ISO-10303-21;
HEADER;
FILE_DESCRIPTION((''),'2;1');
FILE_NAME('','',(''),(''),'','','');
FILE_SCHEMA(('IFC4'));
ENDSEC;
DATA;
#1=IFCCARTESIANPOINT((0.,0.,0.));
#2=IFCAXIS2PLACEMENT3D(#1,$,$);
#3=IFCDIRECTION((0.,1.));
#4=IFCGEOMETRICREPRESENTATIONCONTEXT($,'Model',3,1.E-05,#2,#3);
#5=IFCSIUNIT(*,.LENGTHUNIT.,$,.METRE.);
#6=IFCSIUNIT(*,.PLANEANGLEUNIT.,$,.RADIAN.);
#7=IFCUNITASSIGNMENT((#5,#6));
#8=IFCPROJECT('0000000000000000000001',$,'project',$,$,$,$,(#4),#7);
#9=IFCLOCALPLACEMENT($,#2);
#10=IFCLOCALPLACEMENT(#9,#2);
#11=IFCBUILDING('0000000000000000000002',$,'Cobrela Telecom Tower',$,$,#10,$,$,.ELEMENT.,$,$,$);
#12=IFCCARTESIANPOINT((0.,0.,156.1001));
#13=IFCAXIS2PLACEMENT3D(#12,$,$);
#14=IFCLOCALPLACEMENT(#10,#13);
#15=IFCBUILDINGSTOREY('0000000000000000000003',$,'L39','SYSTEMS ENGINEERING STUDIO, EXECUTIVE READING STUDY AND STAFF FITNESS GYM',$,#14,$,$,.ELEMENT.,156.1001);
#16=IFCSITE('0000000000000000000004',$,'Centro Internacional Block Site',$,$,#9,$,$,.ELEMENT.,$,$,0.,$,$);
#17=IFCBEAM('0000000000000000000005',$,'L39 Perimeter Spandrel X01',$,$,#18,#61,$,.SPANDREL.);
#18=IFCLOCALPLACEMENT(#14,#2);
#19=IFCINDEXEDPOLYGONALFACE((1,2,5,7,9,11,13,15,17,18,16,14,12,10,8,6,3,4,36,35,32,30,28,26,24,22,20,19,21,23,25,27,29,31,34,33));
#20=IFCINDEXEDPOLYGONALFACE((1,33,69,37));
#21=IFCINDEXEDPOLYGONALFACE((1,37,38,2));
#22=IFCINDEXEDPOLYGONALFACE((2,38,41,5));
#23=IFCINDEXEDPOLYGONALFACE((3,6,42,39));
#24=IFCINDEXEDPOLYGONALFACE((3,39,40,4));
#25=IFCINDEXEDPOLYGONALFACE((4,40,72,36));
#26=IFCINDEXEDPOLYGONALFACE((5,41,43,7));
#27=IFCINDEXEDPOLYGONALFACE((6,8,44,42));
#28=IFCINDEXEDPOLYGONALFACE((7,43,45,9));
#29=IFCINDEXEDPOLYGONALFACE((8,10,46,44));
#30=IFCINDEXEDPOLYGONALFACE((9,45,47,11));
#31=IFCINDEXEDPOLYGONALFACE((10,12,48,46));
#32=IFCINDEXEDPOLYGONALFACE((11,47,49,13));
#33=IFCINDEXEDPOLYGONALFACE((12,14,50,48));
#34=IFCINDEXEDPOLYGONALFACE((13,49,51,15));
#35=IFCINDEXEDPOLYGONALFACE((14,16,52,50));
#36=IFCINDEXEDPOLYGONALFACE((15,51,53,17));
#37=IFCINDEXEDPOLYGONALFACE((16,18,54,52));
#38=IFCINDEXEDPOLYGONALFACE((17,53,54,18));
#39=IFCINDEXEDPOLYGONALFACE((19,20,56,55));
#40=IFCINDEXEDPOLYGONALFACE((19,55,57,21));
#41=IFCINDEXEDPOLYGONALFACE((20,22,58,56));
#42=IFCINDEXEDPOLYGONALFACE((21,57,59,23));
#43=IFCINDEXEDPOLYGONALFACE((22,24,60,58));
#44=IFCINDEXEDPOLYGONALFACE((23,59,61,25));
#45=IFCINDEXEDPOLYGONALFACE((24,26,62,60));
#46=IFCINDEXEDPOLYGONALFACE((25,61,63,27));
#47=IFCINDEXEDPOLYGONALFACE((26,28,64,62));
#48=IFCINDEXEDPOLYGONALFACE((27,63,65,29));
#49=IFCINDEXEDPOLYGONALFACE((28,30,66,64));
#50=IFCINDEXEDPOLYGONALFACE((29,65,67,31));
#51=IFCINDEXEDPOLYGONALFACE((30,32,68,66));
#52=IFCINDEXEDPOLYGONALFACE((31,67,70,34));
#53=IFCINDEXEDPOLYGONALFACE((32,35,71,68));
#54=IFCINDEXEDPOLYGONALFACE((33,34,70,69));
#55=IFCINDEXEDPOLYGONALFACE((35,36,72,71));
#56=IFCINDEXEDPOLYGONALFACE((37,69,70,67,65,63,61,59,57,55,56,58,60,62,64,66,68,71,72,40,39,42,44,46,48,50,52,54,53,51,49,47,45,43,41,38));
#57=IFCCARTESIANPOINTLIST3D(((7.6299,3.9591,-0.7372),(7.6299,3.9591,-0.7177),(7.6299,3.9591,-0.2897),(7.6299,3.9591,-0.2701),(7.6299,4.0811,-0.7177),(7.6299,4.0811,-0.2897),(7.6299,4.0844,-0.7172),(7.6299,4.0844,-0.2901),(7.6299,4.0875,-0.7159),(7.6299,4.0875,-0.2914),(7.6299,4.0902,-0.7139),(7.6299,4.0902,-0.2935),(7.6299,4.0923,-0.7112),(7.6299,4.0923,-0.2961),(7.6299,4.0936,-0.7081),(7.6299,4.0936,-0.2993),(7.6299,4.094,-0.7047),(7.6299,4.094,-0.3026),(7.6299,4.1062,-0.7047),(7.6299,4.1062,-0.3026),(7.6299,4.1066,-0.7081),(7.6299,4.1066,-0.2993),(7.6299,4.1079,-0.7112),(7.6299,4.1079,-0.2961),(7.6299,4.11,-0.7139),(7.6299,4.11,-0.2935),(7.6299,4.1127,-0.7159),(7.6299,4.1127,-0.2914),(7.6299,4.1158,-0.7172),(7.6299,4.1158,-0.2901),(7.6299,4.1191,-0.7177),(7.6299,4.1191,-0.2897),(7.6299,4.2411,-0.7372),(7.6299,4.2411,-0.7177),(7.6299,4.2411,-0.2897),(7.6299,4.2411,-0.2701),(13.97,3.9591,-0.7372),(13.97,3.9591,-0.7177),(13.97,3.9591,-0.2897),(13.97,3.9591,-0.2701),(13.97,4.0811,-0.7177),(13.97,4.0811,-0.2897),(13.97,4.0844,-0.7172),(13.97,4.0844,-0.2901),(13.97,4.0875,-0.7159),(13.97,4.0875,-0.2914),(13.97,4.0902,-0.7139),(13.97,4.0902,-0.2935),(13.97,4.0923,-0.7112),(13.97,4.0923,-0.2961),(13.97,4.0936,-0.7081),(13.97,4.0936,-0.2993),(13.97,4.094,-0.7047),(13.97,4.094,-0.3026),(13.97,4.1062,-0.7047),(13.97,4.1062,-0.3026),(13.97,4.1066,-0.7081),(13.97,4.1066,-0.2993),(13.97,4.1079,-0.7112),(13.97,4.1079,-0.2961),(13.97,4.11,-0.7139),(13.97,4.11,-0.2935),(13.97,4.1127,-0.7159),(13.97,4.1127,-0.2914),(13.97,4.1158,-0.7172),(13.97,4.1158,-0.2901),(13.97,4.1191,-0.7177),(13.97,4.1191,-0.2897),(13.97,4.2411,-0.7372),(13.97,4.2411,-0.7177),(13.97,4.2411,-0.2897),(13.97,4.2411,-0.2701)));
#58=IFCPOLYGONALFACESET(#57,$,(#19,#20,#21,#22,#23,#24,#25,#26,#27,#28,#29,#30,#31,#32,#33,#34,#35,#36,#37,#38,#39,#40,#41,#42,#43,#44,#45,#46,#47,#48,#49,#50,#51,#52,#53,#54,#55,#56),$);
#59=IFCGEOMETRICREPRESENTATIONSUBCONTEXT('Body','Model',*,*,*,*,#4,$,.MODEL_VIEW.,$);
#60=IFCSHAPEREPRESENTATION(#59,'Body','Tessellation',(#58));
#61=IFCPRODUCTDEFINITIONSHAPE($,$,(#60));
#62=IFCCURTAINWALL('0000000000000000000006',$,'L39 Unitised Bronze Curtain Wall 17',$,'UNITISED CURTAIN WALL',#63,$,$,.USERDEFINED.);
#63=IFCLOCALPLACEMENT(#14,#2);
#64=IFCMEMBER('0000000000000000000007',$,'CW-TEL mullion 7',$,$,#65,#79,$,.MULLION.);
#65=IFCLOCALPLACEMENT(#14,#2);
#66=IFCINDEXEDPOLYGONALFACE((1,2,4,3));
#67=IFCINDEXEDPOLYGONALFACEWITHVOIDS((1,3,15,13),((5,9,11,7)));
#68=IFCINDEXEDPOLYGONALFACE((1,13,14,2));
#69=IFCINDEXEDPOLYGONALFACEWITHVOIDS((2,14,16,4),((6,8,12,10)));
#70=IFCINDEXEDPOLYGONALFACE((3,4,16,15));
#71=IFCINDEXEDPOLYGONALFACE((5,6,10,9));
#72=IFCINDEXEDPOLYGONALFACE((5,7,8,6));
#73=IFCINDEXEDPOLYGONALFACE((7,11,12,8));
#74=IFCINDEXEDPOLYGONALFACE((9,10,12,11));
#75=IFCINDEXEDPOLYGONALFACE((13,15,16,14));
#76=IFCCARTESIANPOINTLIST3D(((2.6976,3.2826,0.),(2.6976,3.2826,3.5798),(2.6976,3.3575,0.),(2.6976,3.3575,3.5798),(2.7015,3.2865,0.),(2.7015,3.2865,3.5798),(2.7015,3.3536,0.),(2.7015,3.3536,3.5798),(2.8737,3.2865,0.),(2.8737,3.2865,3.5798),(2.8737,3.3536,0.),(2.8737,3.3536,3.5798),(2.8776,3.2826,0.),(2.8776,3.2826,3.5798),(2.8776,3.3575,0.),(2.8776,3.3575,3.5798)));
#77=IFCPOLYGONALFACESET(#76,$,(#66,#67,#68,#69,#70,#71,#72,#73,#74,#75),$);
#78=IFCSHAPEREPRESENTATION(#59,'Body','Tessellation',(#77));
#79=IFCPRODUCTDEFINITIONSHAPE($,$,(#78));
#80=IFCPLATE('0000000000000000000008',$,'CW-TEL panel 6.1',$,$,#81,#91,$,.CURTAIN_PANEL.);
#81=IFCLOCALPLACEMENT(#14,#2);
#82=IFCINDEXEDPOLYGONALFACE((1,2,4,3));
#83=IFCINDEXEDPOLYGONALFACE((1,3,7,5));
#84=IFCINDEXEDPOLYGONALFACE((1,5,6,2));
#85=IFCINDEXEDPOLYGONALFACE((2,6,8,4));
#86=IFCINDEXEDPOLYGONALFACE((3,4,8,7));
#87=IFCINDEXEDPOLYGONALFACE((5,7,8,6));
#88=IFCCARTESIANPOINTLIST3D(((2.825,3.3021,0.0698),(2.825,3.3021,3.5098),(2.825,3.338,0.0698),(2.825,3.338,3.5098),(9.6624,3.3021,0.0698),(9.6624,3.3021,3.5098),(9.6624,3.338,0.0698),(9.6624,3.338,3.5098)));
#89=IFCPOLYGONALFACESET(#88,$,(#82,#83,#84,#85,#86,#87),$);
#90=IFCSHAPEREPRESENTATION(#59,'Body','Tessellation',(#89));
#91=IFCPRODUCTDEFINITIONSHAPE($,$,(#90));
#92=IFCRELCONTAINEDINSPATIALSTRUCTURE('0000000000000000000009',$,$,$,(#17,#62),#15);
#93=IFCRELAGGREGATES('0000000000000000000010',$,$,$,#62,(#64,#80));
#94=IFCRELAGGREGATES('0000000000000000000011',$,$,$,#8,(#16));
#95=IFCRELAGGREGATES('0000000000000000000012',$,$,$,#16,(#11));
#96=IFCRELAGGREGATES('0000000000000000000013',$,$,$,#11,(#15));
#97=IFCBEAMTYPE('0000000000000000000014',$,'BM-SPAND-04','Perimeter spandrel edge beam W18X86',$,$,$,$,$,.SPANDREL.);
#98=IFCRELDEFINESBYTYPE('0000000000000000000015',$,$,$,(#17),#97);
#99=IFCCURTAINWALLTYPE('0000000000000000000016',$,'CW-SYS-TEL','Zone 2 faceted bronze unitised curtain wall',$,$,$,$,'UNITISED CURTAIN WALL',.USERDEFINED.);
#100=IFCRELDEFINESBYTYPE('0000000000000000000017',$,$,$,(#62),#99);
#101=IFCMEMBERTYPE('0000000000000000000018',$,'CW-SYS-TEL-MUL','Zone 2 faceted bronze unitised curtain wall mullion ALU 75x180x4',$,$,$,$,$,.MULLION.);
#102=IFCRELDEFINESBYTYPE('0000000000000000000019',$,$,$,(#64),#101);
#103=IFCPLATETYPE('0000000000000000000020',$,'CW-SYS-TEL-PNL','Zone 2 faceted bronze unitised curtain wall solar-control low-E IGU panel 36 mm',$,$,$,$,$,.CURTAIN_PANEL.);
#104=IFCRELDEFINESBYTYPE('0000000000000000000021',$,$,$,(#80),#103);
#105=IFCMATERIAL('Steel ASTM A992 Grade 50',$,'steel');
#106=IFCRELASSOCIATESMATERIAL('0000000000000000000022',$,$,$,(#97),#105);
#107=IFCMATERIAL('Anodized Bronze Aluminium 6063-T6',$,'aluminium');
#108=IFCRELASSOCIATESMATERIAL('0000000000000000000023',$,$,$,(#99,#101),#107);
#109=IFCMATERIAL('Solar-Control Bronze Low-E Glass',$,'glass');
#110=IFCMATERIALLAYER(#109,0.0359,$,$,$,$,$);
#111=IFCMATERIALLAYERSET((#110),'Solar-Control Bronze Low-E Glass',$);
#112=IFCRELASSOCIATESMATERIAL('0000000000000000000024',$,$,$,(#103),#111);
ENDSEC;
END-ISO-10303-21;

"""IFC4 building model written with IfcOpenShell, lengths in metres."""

from ifc_helpers import new_model, si_unit, direction, frame, origin, origin_2d, place, context, subcontext, project, spatial, rectangle, hollow_rectangle, i_section, extrude, material, layer, layer_set, material_profile, profile_set, type_object, element, aggregate, save


model = new_model("IFC4")

# Units and contexts
model_context = context("Model", 3, precision=1e-05, world=origin(), true_north=direction((0.0, 1.0)))
body_context = subcontext(model_context, "Body", "Model", "MODEL_VIEW")
ifc_project = project(units=[si_unit("LENGTHUNIT", "METRE"), si_unit("PLANEANGLEUNIT", "RADIAN")], contexts=[model_context])

# Site, building, storey
site_placement = place(None, origin())
site = spatial("IfcSite", under=ifc_project, at=site_placement, Name="Centro Internacional Block Site", CompositionType="ELEMENT", RefElevation=0.0)
building_placement = place(site_placement, origin())
building = spatial("IfcBuilding", under=site, at=building_placement, Name="Cobrela Telecom Tower", CompositionType="ELEMENT")
storey_placement = place(building_placement, frame((0.0, 0.0, 156.1001)))
storey = spatial("IfcBuildingStorey", under=building, at=storey_placement, Name="L39", Description="SYSTEMS ENGINEERING STUDIO, EXECUTIVE READING STUDY AND STAFF FITNESS GYM", CompositionType="ELEMENT", Elevation=156.1001)

# Beam
ifc_material_1 = material(Name="Steel ASTM A992 Grade 50", Category="steel")
ifc_material_profile_1 = material_profile(ifc_material_1, i_section(OverallWidth=0.282, OverallDepth=0.467, WebThickness=0.0122, FlangeThickness=0.0195, FilletRadius=0.0129, at=origin_2d()), Name="W18X86")
ifc_profile_set_1 = profile_set([ifc_material_profile_1], Name="Steel ASTM A992 Grade 50")
beam_type_1 = type_object("IfcBeamType", Name="BM-SPAND-04", Description="Perimeter spandrel edge beam W18X86", PredefinedType="SPANDREL", material=ifc_profile_set_1)
beam_1_placement = place(storey_placement, frame((7.6299, 4.1001, -0.5037), z_axis=(1.0, 0.0, 0.0), x_axis=(0.0, 1.0, 0.0)))
element("IfcBeam", 1, at=beam_1_placement, inside=storey, type_object=beam_type_1, Name="L39 Perimeter Spandrel X01", PredefinedType="SPANDREL", context=body_context, shape_type="SweptSolid", body=[
    extrude(i_section(OverallWidth=0.282, OverallDepth=0.467, WebThickness=0.0122, FlangeThickness=0.0195, FilletRadius=0.0129, at=origin_2d()), origin(), (0.0, 0.0, 1.0), 6.3401),
])

# Curtain wall, member, plate
ifc_material_2 = material(Name="Anodized Bronze Aluminium 6063-T6", Category="aluminium")
curtain_wall_type = type_object("IfcCurtainWallType", Name="CW-SYS-TEL", Description="Zone 2 faceted bronze unitised curtain wall", ElementType="UNITISED CURTAIN WALL", PredefinedType="USERDEFINED", material=ifc_material_2)
curtain_wall_placement = place(storey_placement, origin())
curtain_wall = element("IfcCurtainWall", 2, at=curtain_wall_placement, inside=storey, type_object=curtain_wall_type, Name="L39 Unitised Bronze Curtain Wall 17", ObjectType="UNITISED CURTAIN WALL", PredefinedType="USERDEFINED")
ifc_material_profile_2 = material_profile(ifc_material_2, hollow_rectangle(XDim=0.075, YDim=0.1799, WallThickness=0.0039, at=origin_2d()), Name="ALU 75x180x4")
ifc_profile_set_2 = profile_set([ifc_material_profile_2], Name="Anodized Bronze Aluminium 6063-T6")
member_type = type_object("IfcMemberType", Name="CW-SYS-TEL-MUL", Description="Zone 2 faceted bronze unitised curtain wall mullion ALU 75x180x4", PredefinedType="MULLION", material=ifc_profile_set_2)
member_placement = place(storey_placement, frame((2.7876, 3.3201, 0.0), z_axis=(0.0, 0.0, 1.0), x_axis=(0.0, -1.0, 0.0)))
member = element("IfcMember", 3, at=member_placement, type_object=member_type, Name="CW-TEL mullion 7", PredefinedType="MULLION", context=body_context, shape_type="SweptSolid", body=[
    extrude(hollow_rectangle(XDim=0.075, YDim=0.1799, WallThickness=0.0039, at=origin_2d()), origin(), (0.0, 0.0, 1.0), 3.5798),
])
ifc_material_3 = material(Name="Solar-Control Bronze Low-E Glass", Category="glass")
ifc_layer_1 = layer(ifc_material_3, 0.0359)
ifc_layer_set_1 = layer_set([ifc_layer_1], Name="Solar-Control Bronze Low-E Glass")
plate_type = type_object("IfcPlateType", Name="CW-SYS-TEL-PNL", Description="Zone 2 faceted bronze unitised curtain wall solar-control low-E IGU panel 36 mm", PredefinedType="CURTAIN_PANEL", material=ifc_layer_set_1)
plate_placement = place(storey_placement, frame((6.2437, 3.3201, 0.0698), z_axis=(0.0, 0.0, 1.0), x_axis=(-1.0, 0.0, 0.0)))
plate = element("IfcPlate", 4, at=plate_placement, type_object=plate_type, Name="CW-TEL panel 6.1", PredefinedType="CURTAIN_PANEL", context=body_context, shape_type="SweptSolid", body=[
    extrude(rectangle(XDim=6.8374, YDim=0.0359, at=origin_2d()), origin(), (0.0, 0.0, 1.0), 3.4399),
])
aggregate(curtain_wall, [member, plate])

save(model, "model.ifc")
